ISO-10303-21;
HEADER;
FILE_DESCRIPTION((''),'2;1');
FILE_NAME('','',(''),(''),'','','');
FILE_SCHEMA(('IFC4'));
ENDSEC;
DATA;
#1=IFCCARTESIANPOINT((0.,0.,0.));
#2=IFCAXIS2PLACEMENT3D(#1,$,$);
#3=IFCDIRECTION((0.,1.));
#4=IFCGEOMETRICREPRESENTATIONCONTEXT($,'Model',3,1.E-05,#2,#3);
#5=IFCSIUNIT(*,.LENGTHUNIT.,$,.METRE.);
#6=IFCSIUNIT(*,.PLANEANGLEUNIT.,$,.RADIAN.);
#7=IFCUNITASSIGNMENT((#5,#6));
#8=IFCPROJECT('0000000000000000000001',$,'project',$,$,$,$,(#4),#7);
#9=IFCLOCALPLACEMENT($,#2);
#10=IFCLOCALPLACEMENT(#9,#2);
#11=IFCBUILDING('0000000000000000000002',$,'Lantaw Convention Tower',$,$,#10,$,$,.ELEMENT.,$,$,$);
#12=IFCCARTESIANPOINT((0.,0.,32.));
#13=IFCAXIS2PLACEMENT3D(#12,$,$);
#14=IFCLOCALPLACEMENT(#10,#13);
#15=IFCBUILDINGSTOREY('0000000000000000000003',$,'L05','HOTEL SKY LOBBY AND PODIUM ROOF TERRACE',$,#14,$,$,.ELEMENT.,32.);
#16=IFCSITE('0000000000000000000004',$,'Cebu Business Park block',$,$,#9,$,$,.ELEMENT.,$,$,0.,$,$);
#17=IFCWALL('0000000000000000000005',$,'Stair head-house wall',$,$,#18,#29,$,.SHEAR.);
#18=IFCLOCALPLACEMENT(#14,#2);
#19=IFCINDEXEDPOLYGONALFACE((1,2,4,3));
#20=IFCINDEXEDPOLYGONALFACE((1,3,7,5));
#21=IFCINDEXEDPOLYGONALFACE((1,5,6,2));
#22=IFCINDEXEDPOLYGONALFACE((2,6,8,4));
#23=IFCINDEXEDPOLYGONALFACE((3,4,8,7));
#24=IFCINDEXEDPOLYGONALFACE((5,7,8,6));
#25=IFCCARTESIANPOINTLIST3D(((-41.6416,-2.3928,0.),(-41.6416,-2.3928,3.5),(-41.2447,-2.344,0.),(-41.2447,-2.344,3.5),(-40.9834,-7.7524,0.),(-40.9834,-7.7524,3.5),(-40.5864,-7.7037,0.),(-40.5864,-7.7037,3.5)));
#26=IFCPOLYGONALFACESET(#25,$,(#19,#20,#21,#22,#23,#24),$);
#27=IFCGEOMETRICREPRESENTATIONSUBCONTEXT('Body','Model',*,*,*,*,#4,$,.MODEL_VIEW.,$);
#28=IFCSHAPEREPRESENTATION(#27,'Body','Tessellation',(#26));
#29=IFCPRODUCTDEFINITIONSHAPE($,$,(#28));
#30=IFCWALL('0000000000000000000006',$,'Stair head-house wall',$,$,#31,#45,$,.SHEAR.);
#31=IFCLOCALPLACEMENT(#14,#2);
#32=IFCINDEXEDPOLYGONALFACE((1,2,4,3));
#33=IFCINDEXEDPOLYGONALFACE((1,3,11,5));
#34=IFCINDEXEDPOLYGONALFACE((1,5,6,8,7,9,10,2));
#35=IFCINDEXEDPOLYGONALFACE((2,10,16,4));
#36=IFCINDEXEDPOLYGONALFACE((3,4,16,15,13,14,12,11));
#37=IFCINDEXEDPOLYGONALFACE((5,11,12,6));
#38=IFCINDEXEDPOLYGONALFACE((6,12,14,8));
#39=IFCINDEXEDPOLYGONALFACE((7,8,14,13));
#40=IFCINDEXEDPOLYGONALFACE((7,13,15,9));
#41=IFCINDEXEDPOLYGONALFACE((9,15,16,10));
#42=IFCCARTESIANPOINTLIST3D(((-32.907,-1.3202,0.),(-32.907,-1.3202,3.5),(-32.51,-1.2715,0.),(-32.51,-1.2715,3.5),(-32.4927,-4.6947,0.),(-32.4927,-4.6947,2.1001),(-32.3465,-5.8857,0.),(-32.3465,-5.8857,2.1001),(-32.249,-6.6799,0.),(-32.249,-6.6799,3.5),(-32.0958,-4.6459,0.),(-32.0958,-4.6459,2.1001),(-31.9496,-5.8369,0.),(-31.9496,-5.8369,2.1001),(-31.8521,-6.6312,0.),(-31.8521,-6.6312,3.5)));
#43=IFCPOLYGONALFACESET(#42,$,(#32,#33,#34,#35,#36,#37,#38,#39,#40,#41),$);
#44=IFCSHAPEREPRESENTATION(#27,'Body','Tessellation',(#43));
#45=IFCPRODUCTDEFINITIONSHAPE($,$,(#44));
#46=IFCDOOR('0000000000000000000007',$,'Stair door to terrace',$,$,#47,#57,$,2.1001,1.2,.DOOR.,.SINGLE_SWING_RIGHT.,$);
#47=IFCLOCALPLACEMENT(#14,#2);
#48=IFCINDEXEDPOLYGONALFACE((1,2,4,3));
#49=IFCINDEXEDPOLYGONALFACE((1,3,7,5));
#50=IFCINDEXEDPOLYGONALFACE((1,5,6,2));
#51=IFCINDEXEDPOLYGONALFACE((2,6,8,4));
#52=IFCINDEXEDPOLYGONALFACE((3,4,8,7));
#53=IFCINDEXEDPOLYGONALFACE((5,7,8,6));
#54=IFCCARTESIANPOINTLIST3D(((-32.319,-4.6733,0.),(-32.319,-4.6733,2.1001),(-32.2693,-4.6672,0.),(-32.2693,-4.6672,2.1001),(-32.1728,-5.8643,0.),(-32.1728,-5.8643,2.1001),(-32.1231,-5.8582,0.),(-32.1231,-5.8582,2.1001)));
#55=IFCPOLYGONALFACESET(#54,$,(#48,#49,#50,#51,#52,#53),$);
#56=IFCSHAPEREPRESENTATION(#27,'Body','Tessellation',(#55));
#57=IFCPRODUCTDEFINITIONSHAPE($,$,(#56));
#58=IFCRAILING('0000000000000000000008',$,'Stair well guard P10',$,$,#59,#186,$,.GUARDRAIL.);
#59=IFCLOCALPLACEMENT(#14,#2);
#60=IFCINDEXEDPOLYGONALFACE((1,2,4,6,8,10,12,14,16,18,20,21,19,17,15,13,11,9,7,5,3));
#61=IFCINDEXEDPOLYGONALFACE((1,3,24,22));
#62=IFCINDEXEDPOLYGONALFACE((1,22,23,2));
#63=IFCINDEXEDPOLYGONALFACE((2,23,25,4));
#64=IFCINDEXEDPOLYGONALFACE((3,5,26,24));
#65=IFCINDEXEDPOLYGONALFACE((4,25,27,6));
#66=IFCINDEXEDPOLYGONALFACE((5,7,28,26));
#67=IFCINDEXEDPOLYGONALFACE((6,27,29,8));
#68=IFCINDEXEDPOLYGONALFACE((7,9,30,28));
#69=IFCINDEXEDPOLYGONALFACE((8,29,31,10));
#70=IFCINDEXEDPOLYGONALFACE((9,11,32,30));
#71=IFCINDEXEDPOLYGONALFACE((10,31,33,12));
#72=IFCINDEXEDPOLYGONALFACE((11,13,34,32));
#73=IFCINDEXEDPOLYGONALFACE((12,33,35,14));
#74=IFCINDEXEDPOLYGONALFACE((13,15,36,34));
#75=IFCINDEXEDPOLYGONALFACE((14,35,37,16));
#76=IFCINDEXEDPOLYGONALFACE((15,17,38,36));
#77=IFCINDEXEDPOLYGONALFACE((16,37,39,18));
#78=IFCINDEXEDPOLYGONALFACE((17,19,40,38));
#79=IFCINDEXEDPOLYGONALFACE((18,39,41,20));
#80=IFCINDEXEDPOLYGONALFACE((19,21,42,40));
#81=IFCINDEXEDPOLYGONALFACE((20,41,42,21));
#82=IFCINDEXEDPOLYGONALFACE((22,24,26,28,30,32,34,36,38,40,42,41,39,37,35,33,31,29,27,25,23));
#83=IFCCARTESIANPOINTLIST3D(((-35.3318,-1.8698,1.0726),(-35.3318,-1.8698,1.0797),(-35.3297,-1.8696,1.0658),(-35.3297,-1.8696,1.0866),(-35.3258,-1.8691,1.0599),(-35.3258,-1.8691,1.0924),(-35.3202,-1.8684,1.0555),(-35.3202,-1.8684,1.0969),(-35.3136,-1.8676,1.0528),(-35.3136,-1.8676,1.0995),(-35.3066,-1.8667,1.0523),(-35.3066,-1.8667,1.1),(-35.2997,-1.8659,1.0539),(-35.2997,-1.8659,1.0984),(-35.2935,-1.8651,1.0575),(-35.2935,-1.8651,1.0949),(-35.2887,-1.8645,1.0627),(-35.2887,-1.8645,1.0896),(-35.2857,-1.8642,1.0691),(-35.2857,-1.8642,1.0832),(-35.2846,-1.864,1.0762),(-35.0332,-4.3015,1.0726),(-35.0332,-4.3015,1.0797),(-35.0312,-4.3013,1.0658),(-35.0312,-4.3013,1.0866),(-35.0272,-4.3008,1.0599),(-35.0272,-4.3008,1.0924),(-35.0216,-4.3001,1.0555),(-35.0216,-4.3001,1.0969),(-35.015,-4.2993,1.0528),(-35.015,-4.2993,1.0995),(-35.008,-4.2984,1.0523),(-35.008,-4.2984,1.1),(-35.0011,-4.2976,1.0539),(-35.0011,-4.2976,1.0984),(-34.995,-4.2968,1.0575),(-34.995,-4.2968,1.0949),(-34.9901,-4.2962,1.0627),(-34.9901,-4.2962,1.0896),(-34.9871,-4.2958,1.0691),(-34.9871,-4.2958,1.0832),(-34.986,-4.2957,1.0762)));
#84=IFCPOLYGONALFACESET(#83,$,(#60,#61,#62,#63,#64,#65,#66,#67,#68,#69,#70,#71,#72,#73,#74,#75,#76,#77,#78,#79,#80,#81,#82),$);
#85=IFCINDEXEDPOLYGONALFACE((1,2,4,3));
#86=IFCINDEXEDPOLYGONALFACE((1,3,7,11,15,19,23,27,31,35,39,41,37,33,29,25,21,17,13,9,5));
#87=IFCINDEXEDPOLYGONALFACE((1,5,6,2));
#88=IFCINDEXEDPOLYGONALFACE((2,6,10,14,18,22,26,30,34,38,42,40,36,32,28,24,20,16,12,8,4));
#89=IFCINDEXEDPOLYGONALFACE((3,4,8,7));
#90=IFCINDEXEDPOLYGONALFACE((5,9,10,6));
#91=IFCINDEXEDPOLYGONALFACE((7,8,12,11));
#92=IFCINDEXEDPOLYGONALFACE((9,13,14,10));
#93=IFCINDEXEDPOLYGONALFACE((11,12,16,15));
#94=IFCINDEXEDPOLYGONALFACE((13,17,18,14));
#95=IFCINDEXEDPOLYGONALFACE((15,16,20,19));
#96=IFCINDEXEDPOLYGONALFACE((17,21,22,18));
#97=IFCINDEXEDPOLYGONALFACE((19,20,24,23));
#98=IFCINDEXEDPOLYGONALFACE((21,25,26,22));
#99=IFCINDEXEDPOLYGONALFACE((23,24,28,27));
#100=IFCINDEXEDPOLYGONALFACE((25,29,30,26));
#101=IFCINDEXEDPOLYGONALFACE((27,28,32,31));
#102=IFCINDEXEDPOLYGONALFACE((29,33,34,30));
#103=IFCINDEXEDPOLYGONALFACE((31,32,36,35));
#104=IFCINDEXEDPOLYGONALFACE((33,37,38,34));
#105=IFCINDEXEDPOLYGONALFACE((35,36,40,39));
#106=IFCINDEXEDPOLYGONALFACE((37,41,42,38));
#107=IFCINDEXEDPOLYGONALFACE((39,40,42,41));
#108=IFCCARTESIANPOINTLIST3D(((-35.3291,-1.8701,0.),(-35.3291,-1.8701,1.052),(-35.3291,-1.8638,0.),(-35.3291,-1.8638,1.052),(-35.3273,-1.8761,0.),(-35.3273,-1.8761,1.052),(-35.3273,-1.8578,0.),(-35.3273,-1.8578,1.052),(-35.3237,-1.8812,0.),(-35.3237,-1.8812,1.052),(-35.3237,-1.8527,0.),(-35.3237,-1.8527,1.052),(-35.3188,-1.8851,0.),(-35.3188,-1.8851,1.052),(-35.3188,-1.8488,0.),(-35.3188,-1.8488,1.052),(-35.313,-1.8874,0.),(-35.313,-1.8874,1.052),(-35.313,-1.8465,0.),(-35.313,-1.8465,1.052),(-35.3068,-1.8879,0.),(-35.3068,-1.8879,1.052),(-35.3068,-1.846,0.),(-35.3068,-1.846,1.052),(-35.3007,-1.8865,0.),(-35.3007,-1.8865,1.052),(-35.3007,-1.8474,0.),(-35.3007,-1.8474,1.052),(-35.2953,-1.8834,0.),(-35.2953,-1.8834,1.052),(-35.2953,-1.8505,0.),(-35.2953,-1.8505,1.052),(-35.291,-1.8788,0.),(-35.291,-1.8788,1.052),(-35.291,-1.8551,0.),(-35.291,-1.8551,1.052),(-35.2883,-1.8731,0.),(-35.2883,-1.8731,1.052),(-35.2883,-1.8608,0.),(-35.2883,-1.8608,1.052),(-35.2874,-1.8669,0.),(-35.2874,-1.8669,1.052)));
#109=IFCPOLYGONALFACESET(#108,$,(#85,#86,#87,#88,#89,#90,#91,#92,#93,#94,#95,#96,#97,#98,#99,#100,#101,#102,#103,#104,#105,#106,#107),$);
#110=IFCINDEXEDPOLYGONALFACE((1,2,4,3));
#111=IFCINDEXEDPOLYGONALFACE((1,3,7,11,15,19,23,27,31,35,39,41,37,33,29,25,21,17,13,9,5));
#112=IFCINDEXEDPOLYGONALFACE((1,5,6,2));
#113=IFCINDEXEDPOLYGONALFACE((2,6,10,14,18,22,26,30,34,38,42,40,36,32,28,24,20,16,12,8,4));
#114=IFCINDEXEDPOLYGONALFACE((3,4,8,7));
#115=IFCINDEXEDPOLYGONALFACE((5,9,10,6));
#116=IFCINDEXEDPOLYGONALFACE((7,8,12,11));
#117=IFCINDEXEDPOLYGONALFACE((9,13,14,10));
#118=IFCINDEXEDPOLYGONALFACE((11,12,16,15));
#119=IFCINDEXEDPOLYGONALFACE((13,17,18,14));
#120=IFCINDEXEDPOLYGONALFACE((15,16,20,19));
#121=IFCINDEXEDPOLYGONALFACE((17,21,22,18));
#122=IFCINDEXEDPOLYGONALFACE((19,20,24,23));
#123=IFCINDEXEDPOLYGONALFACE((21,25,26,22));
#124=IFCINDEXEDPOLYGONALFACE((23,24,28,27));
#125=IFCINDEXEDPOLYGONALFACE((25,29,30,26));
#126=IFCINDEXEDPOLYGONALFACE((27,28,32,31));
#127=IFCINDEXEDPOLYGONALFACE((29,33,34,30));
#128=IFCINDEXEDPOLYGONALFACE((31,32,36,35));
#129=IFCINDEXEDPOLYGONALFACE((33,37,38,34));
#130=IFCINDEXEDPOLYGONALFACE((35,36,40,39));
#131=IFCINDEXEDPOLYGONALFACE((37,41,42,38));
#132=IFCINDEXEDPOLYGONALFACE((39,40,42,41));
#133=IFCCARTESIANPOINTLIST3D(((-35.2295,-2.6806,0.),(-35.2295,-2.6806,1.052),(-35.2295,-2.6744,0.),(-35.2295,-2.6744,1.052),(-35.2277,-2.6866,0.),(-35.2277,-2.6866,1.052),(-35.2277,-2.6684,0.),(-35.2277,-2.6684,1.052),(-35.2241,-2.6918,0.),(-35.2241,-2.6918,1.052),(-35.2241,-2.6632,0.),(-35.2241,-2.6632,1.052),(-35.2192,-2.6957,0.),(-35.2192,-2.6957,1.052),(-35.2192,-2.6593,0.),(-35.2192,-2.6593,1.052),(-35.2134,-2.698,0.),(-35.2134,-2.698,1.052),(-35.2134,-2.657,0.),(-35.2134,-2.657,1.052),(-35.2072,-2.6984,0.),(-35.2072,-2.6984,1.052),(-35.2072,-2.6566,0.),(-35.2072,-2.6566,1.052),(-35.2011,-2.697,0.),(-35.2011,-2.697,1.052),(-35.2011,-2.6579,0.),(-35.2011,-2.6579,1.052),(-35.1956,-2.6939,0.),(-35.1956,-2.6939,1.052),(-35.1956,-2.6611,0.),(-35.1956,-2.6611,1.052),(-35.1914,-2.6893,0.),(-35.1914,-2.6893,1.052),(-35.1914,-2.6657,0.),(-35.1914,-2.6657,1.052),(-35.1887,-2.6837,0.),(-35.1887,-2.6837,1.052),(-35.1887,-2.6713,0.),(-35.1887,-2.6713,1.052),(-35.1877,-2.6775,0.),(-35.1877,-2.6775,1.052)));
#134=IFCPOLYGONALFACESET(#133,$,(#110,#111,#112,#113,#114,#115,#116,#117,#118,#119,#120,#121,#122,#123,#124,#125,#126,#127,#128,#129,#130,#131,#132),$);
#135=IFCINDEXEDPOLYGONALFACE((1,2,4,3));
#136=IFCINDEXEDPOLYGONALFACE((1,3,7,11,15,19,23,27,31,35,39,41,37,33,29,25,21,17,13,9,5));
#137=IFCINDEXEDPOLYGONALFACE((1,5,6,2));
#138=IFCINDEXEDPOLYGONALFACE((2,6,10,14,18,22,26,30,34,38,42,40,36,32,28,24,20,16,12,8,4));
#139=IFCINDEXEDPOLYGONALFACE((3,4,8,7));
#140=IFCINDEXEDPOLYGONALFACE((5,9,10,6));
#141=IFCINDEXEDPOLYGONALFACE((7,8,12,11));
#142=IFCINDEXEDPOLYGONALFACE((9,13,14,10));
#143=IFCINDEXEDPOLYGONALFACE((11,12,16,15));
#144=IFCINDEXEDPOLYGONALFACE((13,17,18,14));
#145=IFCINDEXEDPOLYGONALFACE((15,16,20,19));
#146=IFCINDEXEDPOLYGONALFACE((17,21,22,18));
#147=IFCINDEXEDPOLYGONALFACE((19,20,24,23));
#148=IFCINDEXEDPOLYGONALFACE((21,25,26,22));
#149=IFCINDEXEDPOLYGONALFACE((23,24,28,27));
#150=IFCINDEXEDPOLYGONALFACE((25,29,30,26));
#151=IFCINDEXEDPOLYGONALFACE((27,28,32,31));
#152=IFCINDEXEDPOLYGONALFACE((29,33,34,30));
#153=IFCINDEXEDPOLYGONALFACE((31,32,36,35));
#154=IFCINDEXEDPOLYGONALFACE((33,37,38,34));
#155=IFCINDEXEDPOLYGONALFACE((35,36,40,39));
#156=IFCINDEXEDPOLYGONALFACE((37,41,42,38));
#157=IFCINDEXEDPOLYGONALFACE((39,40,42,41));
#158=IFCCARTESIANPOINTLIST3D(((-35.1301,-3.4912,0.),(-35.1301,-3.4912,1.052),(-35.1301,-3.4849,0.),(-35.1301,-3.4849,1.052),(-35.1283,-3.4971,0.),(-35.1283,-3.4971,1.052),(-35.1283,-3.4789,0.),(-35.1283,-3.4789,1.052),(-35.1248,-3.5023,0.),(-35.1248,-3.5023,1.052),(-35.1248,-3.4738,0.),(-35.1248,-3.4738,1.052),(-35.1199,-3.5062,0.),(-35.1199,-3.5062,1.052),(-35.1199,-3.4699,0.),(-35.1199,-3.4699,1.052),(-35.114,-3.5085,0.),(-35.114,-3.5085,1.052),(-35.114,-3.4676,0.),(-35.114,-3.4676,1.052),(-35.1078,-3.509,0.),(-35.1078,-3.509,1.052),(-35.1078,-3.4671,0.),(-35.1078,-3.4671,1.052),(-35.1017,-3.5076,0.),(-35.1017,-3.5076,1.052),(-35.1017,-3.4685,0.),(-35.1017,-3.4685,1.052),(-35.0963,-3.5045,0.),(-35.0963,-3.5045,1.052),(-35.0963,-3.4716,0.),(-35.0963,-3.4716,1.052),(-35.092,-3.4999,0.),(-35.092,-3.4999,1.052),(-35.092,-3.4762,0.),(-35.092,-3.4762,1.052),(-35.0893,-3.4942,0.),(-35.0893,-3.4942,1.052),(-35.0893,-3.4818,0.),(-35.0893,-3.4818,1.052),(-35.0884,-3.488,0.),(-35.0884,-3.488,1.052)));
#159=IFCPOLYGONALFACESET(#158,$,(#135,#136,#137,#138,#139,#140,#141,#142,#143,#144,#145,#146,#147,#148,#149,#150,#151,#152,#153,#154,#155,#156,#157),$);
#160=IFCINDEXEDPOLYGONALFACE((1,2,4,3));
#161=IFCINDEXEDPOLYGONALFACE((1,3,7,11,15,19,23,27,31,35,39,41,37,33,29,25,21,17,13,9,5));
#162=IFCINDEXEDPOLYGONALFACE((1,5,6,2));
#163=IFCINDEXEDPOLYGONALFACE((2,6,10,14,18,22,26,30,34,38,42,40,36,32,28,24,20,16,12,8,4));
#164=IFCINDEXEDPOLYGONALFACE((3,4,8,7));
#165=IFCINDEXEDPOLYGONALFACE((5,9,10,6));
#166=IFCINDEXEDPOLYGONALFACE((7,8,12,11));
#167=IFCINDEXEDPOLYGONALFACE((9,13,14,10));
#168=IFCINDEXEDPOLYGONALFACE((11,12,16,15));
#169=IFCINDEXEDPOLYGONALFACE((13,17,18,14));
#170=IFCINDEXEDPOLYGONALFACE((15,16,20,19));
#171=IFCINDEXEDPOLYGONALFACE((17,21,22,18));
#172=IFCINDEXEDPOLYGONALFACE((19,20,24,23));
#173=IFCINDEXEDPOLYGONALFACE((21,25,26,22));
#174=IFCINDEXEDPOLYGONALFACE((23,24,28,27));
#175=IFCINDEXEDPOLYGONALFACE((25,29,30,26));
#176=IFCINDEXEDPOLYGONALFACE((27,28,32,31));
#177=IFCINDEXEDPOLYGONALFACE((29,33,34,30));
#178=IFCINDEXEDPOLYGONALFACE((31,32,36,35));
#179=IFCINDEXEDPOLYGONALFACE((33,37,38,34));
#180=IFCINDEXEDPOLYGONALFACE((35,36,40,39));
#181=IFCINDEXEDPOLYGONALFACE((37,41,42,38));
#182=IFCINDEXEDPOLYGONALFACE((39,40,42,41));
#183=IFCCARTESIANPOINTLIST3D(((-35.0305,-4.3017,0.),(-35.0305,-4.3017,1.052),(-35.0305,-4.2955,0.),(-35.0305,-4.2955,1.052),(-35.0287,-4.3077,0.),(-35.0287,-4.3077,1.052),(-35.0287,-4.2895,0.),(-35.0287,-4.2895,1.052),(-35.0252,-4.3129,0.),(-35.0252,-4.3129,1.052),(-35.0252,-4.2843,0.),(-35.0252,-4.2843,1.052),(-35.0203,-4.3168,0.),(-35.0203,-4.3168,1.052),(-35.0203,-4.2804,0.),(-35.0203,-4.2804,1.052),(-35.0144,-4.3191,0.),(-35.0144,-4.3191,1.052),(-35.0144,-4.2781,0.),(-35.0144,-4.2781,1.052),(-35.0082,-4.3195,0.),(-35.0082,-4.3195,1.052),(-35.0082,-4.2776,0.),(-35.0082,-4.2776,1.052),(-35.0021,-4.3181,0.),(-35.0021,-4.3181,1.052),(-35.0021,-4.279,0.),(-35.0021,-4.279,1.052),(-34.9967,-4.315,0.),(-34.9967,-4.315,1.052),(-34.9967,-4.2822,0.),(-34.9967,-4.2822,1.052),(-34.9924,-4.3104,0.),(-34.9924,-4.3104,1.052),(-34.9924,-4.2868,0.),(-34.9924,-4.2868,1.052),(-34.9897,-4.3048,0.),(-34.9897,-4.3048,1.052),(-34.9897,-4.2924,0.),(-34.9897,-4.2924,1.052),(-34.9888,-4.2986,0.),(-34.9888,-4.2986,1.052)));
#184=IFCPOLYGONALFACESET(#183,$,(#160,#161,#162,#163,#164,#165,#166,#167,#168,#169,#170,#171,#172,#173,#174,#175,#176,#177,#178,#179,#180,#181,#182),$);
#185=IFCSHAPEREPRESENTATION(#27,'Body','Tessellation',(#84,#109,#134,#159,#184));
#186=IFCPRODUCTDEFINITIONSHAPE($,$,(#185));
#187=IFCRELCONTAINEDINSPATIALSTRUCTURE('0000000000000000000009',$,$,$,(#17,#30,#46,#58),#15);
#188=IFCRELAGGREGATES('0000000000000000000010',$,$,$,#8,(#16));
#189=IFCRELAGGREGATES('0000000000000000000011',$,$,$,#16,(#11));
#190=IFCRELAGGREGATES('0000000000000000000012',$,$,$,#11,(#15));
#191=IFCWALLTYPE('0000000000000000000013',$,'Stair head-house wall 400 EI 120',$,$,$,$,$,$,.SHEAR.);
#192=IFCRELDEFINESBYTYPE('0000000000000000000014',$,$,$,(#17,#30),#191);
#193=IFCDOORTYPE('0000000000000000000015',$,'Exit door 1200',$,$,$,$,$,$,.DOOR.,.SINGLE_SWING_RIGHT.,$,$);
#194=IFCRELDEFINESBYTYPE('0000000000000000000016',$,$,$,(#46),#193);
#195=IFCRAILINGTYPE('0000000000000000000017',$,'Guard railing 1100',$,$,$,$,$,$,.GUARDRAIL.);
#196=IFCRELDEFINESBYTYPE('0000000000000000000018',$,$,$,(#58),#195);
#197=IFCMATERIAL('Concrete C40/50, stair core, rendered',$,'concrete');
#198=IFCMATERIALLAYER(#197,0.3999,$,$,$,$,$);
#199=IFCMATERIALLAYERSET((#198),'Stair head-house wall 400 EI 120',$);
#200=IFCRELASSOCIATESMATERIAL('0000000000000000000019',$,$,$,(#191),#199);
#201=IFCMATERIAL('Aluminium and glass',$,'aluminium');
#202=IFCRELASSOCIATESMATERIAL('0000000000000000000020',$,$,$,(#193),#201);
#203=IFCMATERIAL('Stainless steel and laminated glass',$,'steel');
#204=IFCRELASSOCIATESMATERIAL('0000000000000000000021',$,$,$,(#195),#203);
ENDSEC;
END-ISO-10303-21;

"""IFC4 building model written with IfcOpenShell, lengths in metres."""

from ifc_helpers import new_model, si_unit, direction, frame, frame_2d, origin, origin_2d, place, context, subcontext, project, spatial, rectangle, circle, extrude, material, layer, layer_set, type_object, element, fill, save


model = new_model("IFC4")

# Units and contexts
model_context = context("Model", 3, precision=1e-05, world=origin(), true_north=direction((0.0, 1.0)))
body_context = subcontext(model_context, "Body", "Model", "MODEL_VIEW")
ifc_project = project(units=[si_unit("LENGTHUNIT", "METRE"), si_unit("PLANEANGLEUNIT", "RADIAN")], contexts=[model_context])

# Site, building, storey
site_placement = place(None, origin())
site = spatial("IfcSite", under=ifc_project, at=site_placement, Name="Cebu Business Park block", CompositionType="ELEMENT", RefElevation=0.0)
building_placement = place(site_placement, origin())
building = spatial("IfcBuilding", under=site, at=building_placement, Name="Lantaw Convention Tower", CompositionType="ELEMENT")
storey_placement = place(building_placement, frame((0.0, 0.0, 32.0)))
storey = spatial("IfcBuildingStorey", under=building, at=storey_placement, Name="L05", Description="HOTEL SKY LOBBY AND PODIUM ROOF TERRACE", CompositionType="ELEMENT", Elevation=32.0)

# Shared definitions
ifc_material_1 = material(Name="Aluminium and glass", Category="aluminium")

# Shared definitions
ifc_material_2 = material(Name="Concrete C40/50, stair core, rendered", Category="concrete")
ifc_layer_1 = layer(ifc_material_2, 0.3999)
ifc_layer_set_1 = layer_set([ifc_layer_1], Name="Stair head-house wall 400 EI 120")
wall_type_1 = type_object("IfcWallType", Name="Stair head-house wall 400 EI 120", PredefinedType="SHEAR", material=ifc_layer_set_1)
door_type_1 = type_object("IfcDoorType", Name="Exit door 1200", OperationType="SINGLE_SWING_RIGHT", PredefinedType="DOOR", material=ifc_material_1)

# Wall
wall_1_placement = place(storey_placement, frame((-41.4431, -2.3684, 0.0), z_axis=(0.0, 0.0, 1.0), x_axis=(0.121892, -0.992543, 0.0)))
element("IfcWall", 1, at=wall_1_placement, inside=storey, type_object=wall_type_1, Name="Stair head-house wall", PredefinedType="SHEAR", context=body_context, shape_type="SweptSolid", body=[
    extrude(rectangle(XDim=5.3999, YDim=0.3999, at=frame_2d((2.7, 0.0))), origin(), (0.0, 0.0, 1.0), 3.5),
])

# Wall, opening, door
wall_2_placement = place(storey_placement, frame((-32.0505, -6.6555, 0.0), z_axis=(0.0, 0.0, 1.0), x_axis=(-0.121848, 0.992549, 0.0)))
wall_2 = element("IfcWall", 2, at=wall_2_placement, inside=storey, type_object=wall_type_1, Name="Stair head-house wall", PredefinedType="SHEAR", context=body_context, shape_type="SweptSolid", body=[
    extrude(rectangle(XDim=5.3999, YDim=0.3999, at=frame_2d((2.7, 0.0))), origin(), (0.0, 0.0, 1.0), 3.5),
])
opening_1_placement = place(wall_2_placement, frame((0.8, 0.0, 0.0)))
opening_1 = element("IfcOpeningElement", 3, at=opening_1_placement, cuts=wall_2, PredefinedType="OPENING", context=body_context, shape_type="SweptSolid", body=[
    extrude(rectangle(XDim=1.2, YDim=2.1001, at=frame_2d((0.6001, 1.05))), frame((0.0, 0.21, 0.0), z_axis=(0.0, -1.0, 0.0), x_axis=(1.0, 0.0, 0.0)), (0.0, 0.0, 1.0), 0.4199),
])
door_1_placement = place(opening_1_placement, origin())
door_1 = element("IfcDoor", 4, at=door_1_placement, inside=storey, type_object=door_type_1, Name="Stair door to terrace", OperationType="SINGLE_SWING_RIGHT", OverallHeight=2.1001, OverallWidth=1.2, PredefinedType="DOOR", context=body_context, shape_type="SweptSolid", body=[
    extrude(rectangle(XDim=1.2, YDim=2.1001, at=frame_2d((0.6001, 1.05))), frame((0.0, 0.0249, 0.0), z_axis=(0.0, -1.0, 0.0), x_axis=(1.0, 0.0, 0.0)), (0.0, 0.0, 1.0), 0.05),
])
fill(opening_1, door_1)

# Railing
ifc_material_3 = material(Name="Stainless steel and laminated glass", Category="steel")
railing_type_1 = type_object("IfcRailingType", Name="Guard railing 1100", PredefinedType="GUARDRAIL", material=ifc_material_3)
railing_1_placement = place(storey_placement, frame((-35.3083, -1.8669, 0.0)))
element("IfcRailing", 5, at=railing_1_placement, inside=storey, type_object=railing_type_1, Name="Stair well guard P10", PredefinedType="GUARDRAIL", context=body_context, shape_type="SweptSolid", body=[
    extrude(circle(Radius=0.0239, at=origin_2d()), frame((0.0, 0.0, 1.0762), z_axis=(0.121876, -0.992545, 0.0), x_axis=(0.992545, 0.121876, 0.0)), (0.0, 0.0, 1.0), 2.45),
    extrude(circle(Radius=0.021, at=origin_2d()), origin(), (0.0, 0.0, 1.0), 1.052),
    extrude(circle(Radius=0.021, at=origin_2d()), frame((0.0996, -0.8105, 0.0)), (0.0, 0.0, 1.0), 1.052),
    extrude(circle(Radius=0.021, at=origin_2d()), frame((0.199, -1.6211, 0.0)), (0.0, 0.0, 1.0), 1.052),
    extrude(circle(Radius=0.021, at=origin_2d()), frame((0.2986, -2.4316, 0.0)), (0.0, 0.0, 1.0), 1.052),
])

save(model, "model.ifc")
